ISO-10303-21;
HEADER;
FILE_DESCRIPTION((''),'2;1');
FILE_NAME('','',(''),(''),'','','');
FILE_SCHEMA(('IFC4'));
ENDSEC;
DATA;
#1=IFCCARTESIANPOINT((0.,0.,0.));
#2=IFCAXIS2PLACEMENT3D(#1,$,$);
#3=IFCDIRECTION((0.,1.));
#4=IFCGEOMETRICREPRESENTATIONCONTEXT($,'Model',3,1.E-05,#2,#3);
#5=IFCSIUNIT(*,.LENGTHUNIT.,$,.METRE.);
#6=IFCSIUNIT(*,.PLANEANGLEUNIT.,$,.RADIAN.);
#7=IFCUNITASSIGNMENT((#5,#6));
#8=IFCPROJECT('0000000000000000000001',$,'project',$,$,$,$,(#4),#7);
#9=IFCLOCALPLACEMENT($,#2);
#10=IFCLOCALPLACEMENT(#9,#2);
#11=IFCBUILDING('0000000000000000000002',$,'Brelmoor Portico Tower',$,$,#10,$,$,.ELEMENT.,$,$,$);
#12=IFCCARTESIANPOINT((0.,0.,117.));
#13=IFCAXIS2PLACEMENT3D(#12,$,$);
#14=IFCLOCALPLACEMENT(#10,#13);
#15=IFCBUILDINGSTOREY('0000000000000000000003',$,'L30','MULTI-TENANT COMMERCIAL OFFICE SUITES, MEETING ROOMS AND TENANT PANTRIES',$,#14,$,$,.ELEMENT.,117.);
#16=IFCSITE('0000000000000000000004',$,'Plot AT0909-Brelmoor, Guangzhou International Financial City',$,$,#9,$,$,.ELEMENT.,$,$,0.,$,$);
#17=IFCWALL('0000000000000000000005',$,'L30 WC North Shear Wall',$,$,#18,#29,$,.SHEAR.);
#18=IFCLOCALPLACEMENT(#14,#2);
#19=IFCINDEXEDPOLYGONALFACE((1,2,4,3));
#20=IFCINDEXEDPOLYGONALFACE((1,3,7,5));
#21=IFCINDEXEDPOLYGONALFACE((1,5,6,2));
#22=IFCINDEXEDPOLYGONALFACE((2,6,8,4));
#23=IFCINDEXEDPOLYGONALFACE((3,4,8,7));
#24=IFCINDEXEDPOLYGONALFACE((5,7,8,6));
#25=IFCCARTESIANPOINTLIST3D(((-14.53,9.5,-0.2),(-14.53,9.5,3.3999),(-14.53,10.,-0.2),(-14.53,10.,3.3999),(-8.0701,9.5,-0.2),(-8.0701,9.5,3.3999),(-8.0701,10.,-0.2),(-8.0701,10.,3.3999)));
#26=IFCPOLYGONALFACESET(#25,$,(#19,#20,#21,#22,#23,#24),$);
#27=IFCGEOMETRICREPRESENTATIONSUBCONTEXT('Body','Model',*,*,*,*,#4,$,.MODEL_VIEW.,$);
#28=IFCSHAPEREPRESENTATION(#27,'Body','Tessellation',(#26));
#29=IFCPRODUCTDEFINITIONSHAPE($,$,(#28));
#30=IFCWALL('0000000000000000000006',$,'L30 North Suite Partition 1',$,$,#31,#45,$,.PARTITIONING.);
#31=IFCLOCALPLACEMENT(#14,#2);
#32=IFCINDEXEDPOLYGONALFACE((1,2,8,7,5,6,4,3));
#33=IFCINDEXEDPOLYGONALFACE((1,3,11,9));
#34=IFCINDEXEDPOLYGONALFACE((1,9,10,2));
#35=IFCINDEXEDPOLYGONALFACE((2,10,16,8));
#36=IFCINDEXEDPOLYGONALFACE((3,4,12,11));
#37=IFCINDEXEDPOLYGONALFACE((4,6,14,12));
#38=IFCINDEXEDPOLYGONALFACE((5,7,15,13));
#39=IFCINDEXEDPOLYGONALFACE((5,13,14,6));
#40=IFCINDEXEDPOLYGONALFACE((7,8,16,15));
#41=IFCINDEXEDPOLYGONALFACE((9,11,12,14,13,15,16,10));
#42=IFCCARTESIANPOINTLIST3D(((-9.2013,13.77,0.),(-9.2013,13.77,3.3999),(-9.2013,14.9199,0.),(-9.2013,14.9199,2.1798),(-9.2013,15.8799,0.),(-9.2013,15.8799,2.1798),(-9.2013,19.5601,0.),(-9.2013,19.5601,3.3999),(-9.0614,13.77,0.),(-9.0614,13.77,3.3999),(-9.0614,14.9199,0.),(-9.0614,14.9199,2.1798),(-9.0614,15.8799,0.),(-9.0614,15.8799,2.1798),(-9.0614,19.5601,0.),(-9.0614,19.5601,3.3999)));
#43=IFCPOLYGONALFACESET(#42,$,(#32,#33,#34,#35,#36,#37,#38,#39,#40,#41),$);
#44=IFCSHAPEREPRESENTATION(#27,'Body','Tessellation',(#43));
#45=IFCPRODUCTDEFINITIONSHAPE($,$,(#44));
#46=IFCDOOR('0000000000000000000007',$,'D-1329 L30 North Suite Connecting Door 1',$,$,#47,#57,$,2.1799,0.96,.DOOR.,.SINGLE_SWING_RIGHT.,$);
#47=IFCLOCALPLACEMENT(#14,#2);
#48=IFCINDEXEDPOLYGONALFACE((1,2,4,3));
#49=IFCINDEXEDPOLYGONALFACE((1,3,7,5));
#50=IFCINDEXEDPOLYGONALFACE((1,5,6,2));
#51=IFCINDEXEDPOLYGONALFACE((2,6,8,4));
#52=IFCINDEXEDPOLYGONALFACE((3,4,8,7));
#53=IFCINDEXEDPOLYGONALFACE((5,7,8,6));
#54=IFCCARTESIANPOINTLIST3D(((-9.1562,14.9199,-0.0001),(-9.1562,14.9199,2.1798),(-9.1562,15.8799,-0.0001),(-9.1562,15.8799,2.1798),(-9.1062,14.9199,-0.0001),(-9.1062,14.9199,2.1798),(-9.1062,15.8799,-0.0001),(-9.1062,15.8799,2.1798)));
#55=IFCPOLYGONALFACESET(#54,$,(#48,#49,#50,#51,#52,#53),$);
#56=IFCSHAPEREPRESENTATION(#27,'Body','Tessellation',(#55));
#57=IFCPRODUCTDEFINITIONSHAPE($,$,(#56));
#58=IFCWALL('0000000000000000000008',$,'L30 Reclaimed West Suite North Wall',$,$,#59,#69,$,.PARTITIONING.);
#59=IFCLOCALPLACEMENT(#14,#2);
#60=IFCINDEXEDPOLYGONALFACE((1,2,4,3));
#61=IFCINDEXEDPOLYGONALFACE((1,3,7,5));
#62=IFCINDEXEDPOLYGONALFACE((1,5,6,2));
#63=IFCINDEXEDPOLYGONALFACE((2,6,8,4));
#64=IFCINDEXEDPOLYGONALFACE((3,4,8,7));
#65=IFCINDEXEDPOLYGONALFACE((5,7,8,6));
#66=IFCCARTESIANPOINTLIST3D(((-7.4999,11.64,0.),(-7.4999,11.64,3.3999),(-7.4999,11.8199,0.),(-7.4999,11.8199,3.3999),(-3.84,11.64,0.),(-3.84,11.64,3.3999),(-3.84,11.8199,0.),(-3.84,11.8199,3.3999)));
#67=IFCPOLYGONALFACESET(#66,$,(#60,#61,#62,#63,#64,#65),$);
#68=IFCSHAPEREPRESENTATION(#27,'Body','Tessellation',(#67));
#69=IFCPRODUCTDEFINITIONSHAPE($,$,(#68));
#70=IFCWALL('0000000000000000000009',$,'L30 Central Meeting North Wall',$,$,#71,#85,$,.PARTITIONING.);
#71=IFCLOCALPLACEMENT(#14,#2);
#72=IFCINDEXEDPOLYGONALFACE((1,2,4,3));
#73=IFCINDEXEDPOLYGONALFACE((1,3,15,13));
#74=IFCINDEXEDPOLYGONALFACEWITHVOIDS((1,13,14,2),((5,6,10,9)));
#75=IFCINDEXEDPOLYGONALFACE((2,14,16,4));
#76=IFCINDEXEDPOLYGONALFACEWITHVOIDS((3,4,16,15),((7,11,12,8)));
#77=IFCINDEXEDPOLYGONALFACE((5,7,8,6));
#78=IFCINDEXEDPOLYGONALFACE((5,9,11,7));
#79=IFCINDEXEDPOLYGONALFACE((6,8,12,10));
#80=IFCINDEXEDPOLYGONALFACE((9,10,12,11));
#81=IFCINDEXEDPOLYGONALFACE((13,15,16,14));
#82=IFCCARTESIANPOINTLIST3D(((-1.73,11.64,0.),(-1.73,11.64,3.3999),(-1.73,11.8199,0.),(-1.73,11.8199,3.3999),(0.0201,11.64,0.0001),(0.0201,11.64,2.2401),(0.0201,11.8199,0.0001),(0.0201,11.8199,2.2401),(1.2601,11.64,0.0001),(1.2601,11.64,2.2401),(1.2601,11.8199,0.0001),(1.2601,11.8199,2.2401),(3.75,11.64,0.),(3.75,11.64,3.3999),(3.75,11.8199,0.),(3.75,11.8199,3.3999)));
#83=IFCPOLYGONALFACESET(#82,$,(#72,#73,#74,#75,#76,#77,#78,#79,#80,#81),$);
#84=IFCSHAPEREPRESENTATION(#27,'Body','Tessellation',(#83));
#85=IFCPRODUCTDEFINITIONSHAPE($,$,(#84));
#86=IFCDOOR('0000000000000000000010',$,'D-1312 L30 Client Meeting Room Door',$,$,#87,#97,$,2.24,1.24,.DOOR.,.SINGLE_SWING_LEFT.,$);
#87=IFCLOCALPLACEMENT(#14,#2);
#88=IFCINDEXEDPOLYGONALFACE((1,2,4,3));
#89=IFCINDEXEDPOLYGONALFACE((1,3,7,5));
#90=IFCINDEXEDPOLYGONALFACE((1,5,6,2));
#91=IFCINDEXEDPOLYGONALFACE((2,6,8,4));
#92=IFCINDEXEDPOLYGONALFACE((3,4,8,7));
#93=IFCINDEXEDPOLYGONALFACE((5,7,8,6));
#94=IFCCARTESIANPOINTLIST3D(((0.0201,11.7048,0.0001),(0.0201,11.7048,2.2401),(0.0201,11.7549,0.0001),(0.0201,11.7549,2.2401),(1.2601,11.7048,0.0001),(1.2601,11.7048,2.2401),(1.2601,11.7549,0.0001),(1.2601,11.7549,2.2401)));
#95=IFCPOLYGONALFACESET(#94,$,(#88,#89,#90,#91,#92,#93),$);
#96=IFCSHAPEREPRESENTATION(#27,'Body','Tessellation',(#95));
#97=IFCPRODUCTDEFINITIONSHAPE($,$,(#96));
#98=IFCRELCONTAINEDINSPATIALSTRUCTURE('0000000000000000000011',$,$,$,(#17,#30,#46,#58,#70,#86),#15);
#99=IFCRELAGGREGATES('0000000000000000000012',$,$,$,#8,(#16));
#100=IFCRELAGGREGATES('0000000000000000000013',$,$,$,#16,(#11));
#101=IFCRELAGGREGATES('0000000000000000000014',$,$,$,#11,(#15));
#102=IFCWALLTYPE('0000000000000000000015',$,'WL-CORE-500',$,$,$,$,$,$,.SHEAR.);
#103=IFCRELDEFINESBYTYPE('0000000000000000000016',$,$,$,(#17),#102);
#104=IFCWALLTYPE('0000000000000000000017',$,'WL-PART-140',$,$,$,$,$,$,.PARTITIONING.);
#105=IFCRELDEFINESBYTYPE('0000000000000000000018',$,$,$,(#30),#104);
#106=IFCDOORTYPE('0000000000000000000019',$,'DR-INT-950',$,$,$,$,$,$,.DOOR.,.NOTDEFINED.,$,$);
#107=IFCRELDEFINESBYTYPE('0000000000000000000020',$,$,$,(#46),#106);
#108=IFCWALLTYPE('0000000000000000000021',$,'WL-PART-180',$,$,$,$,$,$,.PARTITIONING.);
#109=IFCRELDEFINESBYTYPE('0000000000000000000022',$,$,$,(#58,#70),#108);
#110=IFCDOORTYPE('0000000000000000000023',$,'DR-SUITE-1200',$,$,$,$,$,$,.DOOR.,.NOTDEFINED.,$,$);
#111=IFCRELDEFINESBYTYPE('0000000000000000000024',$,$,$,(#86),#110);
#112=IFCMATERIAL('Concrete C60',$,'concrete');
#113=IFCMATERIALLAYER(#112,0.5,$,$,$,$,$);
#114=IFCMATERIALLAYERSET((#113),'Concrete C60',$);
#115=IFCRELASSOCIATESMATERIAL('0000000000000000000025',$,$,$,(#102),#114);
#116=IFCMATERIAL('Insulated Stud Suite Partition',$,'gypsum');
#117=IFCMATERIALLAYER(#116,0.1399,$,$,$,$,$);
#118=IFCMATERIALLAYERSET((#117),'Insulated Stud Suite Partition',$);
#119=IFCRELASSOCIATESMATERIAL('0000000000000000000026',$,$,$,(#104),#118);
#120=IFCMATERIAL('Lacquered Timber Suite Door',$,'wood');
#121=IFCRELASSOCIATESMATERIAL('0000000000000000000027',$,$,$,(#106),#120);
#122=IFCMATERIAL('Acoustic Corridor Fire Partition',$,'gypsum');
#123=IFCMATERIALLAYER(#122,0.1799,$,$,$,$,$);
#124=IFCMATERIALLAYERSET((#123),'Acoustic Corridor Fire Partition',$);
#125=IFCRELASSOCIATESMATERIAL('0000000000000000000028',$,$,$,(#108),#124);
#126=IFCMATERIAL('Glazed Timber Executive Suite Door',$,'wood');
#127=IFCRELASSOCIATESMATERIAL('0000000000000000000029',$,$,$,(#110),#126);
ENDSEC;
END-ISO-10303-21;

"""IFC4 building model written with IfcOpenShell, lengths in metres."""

from ifc_helpers import new_model, si_unit, direction, frame, frame_2d, origin, place, context, subcontext, project, spatial, rectangle, extrude, material, layer, layer_set, type_object, element, fill, save


model = new_model("IFC4")

# Units and contexts
model_context = context("Model", 3, precision=1e-05, world=origin(), true_north=direction((0.0, 1.0)))
body_context = subcontext(model_context, "Body", "Model", "MODEL_VIEW")
ifc_project = project(units=[si_unit("LENGTHUNIT", "METRE"), si_unit("PLANEANGLEUNIT", "RADIAN")], contexts=[model_context])

# Site, building, storey
site_placement = place(None, origin())
site = spatial("IfcSite", under=ifc_project, at=site_placement, Name="Plot AT0909-Brelmoor, Guangzhou International Financial City", CompositionType="ELEMENT", RefElevation=0.0)
building_placement = place(site_placement, origin())
building = spatial("IfcBuilding", under=site, at=building_placement, Name="Brelmoor Portico Tower", CompositionType="ELEMENT")
storey_placement = place(building_placement, frame((0.0, 0.0, 117.0)))
storey = spatial("IfcBuildingStorey", under=building, at=storey_placement, Name="L30", Description="MULTI-TENANT COMMERCIAL OFFICE SUITES, MEETING ROOMS AND TENANT PANTRIES", CompositionType="ELEMENT", Elevation=117.0)

# Wall
ifc_material_1 = material(Name="Concrete C60", Category="concrete")
ifc_layer_1 = layer(ifc_material_1, 0.5)
ifc_layer_set_1 = layer_set([ifc_layer_1], Name="Concrete C60")
wall_type_1 = type_object("IfcWallType", Name="WL-CORE-500", PredefinedType="SHEAR", material=ifc_layer_set_1)
wall_1_placement = place(storey_placement, frame((-14.53, 9.75, -0.2), z_axis=(0.0, 0.0, 1.0), x_axis=(1.0, 0.0, 0.0)))
element("IfcWall", 1, at=wall_1_placement, inside=storey, type_object=wall_type_1, Name="L30 WC North Shear Wall", PredefinedType="SHEAR", context=body_context, shape_type="SweptSolid", body=[
    extrude(rectangle(XDim=6.46, YDim=0.5, at=frame_2d((3.23, 0.0))), origin(), (0.0, 0.0, 1.0), 3.5999),
])

# Wall, opening, door
ifc_material_2 = material(Name="Insulated Stud Suite Partition", Category="gypsum")
ifc_layer_2 = layer(ifc_material_2, 0.1399)
ifc_layer_set_2 = layer_set([ifc_layer_2], Name="Insulated Stud Suite Partition")
wall_type_2 = type_object("IfcWallType", Name="WL-PART-140", PredefinedType="PARTITIONING", material=ifc_layer_set_2)
wall_2_placement = place(storey_placement, frame((-9.1313, 13.77, 0.0), z_axis=(0.0, 0.0, 1.0), x_axis=(0.0, 1.0, 0.0)))
wall_2 = element("IfcWall", 2, at=wall_2_placement, inside=storey, type_object=wall_type_2, Name="L30 North Suite Partition 1", PredefinedType="PARTITIONING", context=body_context, shape_type="SweptSolid", body=[
    extrude(rectangle(XDim=5.79, YDim=0.1399, at=frame_2d((2.895, 0.0))), origin(), (0.0, 0.0, 1.0), 3.3999),
])
opening_1_placement = place(wall_2_placement, frame((1.1499, 0.0, 0.0)))
opening_1 = element("IfcOpeningElement", 3, at=opening_1_placement, cuts=wall_2, PredefinedType="OPENING", context=body_context, shape_type="SweptSolid", body=[
    extrude(rectangle(XDim=0.96, YDim=2.1799, at=frame_2d((0.48, 1.0898))), frame((0.0, 0.0798, 0.0), z_axis=(0.0, -1.0, 0.0), x_axis=(1.0, 0.0, 0.0)), (0.0, 0.0, 1.0), 0.1599),
])
ifc_material_3 = material(Name="Lacquered Timber Suite Door", Category="wood")
door_type_1 = type_object("IfcDoorType", Name="DR-INT-950", OperationType="NOTDEFINED", PredefinedType="DOOR", material=ifc_material_3)
door_1_placement = place(opening_1_placement, origin())
door_1 = element("IfcDoor", 4, at=door_1_placement, inside=storey, type_object=door_type_1, Name="D-1329 L30 North Suite Connecting Door 1", OperationType="SINGLE_SWING_RIGHT", OverallHeight=2.1799, OverallWidth=0.96, PredefinedType="DOOR", context=body_context, shape_type="SweptSolid", body=[
    extrude(rectangle(XDim=0.96, YDim=2.1799, at=frame_2d((0.48, 1.0898))), frame((0.0, 0.0249, 0.0), z_axis=(0.0, -1.0, 0.0), x_axis=(1.0, 0.0, 0.0)), (0.0, 0.0, 1.0), 0.05),
])
fill(opening_1, door_1)

# Wall
ifc_material_4 = material(Name="Acoustic Corridor Fire Partition", Category="gypsum")
ifc_layer_3 = layer(ifc_material_4, 0.1799)
ifc_layer_set_3 = layer_set([ifc_layer_3], Name="Acoustic Corridor Fire Partition")
wall_type_3 = type_object("IfcWallType", Name="WL-PART-180", PredefinedType="PARTITIONING", material=ifc_layer_set_3)
wall_3_placement = place(storey_placement, frame((-7.5, 11.73, 0.0), z_axis=(0.0, 0.0, 1.0), x_axis=(1.0, 0.0, 0.0)))
element("IfcWall", 5, at=wall_3_placement, inside=storey, type_object=wall_type_3, Name="L30 Reclaimed West Suite North Wall", PredefinedType="PARTITIONING", context=body_context, shape_type="SweptSolid", body=[
    extrude(rectangle(XDim=3.6599, YDim=0.1799, at=frame_2d((1.8301, 0.0))), origin(), (0.0, 0.0, 1.0), 3.3999),
])

# Wall, opening, door
wall_4_placement = place(storey_placement, frame((-1.73, 11.73, 0.0), z_axis=(0.0, 0.0, 1.0), x_axis=(1.0, 0.0, 0.0)))
wall_4 = element("IfcWall", 6, at=wall_4_placement, inside=storey, type_object=wall_type_3, Name="L30 Central Meeting North Wall", PredefinedType="PARTITIONING", context=body_context, shape_type="SweptSolid", body=[
    extrude(rectangle(XDim=5.48, YDim=0.1799, at=frame_2d((2.74, 0.0))), origin(), (0.0, 0.0, 1.0), 3.3999),
])
opening_2_placement = place(wall_4_placement, frame((1.75, 0.0, 0.0)))
opening_2 = element("IfcOpeningElement", 7, at=opening_2_placement, cuts=wall_4, PredefinedType="OPENING", context=body_context, shape_type="SweptSolid", body=[
    extrude(rectangle(XDim=1.24, YDim=2.24, at=frame_2d((0.6201, 1.1201))), frame((0.0, 0.0999, 0.0), z_axis=(0.0, -1.0, 0.0), x_axis=(1.0, 0.0, 0.0)), (0.0, 0.0, 1.0), 0.2),
])
ifc_material_5 = material(Name="Glazed Timber Executive Suite Door", Category="wood")
door_type_2 = type_object("IfcDoorType", Name="DR-SUITE-1200", OperationType="NOTDEFINED", PredefinedType="DOOR", material=ifc_material_5)
door_2_placement = place(opening_2_placement, origin())
door_2 = element("IfcDoor", 8, at=door_2_placement, inside=storey, type_object=door_type_2, Name="D-1312 L30 Client Meeting Room Door", OperationType="SINGLE_SWING_LEFT", OverallHeight=2.24, OverallWidth=1.24, PredefinedType="DOOR", context=body_context, shape_type="SweptSolid", body=[
    extrude(rectangle(XDim=1.24, YDim=2.24, at=frame_2d((0.6201, 1.1201))), frame((0.0, 0.0249, 0.0), z_axis=(0.0, -1.0, 0.0), x_axis=(1.0, 0.0, 0.0)), (0.0, 0.0, 1.0), 0.05),
])
fill(opening_2, door_2)

save(model, "model.ifc")
